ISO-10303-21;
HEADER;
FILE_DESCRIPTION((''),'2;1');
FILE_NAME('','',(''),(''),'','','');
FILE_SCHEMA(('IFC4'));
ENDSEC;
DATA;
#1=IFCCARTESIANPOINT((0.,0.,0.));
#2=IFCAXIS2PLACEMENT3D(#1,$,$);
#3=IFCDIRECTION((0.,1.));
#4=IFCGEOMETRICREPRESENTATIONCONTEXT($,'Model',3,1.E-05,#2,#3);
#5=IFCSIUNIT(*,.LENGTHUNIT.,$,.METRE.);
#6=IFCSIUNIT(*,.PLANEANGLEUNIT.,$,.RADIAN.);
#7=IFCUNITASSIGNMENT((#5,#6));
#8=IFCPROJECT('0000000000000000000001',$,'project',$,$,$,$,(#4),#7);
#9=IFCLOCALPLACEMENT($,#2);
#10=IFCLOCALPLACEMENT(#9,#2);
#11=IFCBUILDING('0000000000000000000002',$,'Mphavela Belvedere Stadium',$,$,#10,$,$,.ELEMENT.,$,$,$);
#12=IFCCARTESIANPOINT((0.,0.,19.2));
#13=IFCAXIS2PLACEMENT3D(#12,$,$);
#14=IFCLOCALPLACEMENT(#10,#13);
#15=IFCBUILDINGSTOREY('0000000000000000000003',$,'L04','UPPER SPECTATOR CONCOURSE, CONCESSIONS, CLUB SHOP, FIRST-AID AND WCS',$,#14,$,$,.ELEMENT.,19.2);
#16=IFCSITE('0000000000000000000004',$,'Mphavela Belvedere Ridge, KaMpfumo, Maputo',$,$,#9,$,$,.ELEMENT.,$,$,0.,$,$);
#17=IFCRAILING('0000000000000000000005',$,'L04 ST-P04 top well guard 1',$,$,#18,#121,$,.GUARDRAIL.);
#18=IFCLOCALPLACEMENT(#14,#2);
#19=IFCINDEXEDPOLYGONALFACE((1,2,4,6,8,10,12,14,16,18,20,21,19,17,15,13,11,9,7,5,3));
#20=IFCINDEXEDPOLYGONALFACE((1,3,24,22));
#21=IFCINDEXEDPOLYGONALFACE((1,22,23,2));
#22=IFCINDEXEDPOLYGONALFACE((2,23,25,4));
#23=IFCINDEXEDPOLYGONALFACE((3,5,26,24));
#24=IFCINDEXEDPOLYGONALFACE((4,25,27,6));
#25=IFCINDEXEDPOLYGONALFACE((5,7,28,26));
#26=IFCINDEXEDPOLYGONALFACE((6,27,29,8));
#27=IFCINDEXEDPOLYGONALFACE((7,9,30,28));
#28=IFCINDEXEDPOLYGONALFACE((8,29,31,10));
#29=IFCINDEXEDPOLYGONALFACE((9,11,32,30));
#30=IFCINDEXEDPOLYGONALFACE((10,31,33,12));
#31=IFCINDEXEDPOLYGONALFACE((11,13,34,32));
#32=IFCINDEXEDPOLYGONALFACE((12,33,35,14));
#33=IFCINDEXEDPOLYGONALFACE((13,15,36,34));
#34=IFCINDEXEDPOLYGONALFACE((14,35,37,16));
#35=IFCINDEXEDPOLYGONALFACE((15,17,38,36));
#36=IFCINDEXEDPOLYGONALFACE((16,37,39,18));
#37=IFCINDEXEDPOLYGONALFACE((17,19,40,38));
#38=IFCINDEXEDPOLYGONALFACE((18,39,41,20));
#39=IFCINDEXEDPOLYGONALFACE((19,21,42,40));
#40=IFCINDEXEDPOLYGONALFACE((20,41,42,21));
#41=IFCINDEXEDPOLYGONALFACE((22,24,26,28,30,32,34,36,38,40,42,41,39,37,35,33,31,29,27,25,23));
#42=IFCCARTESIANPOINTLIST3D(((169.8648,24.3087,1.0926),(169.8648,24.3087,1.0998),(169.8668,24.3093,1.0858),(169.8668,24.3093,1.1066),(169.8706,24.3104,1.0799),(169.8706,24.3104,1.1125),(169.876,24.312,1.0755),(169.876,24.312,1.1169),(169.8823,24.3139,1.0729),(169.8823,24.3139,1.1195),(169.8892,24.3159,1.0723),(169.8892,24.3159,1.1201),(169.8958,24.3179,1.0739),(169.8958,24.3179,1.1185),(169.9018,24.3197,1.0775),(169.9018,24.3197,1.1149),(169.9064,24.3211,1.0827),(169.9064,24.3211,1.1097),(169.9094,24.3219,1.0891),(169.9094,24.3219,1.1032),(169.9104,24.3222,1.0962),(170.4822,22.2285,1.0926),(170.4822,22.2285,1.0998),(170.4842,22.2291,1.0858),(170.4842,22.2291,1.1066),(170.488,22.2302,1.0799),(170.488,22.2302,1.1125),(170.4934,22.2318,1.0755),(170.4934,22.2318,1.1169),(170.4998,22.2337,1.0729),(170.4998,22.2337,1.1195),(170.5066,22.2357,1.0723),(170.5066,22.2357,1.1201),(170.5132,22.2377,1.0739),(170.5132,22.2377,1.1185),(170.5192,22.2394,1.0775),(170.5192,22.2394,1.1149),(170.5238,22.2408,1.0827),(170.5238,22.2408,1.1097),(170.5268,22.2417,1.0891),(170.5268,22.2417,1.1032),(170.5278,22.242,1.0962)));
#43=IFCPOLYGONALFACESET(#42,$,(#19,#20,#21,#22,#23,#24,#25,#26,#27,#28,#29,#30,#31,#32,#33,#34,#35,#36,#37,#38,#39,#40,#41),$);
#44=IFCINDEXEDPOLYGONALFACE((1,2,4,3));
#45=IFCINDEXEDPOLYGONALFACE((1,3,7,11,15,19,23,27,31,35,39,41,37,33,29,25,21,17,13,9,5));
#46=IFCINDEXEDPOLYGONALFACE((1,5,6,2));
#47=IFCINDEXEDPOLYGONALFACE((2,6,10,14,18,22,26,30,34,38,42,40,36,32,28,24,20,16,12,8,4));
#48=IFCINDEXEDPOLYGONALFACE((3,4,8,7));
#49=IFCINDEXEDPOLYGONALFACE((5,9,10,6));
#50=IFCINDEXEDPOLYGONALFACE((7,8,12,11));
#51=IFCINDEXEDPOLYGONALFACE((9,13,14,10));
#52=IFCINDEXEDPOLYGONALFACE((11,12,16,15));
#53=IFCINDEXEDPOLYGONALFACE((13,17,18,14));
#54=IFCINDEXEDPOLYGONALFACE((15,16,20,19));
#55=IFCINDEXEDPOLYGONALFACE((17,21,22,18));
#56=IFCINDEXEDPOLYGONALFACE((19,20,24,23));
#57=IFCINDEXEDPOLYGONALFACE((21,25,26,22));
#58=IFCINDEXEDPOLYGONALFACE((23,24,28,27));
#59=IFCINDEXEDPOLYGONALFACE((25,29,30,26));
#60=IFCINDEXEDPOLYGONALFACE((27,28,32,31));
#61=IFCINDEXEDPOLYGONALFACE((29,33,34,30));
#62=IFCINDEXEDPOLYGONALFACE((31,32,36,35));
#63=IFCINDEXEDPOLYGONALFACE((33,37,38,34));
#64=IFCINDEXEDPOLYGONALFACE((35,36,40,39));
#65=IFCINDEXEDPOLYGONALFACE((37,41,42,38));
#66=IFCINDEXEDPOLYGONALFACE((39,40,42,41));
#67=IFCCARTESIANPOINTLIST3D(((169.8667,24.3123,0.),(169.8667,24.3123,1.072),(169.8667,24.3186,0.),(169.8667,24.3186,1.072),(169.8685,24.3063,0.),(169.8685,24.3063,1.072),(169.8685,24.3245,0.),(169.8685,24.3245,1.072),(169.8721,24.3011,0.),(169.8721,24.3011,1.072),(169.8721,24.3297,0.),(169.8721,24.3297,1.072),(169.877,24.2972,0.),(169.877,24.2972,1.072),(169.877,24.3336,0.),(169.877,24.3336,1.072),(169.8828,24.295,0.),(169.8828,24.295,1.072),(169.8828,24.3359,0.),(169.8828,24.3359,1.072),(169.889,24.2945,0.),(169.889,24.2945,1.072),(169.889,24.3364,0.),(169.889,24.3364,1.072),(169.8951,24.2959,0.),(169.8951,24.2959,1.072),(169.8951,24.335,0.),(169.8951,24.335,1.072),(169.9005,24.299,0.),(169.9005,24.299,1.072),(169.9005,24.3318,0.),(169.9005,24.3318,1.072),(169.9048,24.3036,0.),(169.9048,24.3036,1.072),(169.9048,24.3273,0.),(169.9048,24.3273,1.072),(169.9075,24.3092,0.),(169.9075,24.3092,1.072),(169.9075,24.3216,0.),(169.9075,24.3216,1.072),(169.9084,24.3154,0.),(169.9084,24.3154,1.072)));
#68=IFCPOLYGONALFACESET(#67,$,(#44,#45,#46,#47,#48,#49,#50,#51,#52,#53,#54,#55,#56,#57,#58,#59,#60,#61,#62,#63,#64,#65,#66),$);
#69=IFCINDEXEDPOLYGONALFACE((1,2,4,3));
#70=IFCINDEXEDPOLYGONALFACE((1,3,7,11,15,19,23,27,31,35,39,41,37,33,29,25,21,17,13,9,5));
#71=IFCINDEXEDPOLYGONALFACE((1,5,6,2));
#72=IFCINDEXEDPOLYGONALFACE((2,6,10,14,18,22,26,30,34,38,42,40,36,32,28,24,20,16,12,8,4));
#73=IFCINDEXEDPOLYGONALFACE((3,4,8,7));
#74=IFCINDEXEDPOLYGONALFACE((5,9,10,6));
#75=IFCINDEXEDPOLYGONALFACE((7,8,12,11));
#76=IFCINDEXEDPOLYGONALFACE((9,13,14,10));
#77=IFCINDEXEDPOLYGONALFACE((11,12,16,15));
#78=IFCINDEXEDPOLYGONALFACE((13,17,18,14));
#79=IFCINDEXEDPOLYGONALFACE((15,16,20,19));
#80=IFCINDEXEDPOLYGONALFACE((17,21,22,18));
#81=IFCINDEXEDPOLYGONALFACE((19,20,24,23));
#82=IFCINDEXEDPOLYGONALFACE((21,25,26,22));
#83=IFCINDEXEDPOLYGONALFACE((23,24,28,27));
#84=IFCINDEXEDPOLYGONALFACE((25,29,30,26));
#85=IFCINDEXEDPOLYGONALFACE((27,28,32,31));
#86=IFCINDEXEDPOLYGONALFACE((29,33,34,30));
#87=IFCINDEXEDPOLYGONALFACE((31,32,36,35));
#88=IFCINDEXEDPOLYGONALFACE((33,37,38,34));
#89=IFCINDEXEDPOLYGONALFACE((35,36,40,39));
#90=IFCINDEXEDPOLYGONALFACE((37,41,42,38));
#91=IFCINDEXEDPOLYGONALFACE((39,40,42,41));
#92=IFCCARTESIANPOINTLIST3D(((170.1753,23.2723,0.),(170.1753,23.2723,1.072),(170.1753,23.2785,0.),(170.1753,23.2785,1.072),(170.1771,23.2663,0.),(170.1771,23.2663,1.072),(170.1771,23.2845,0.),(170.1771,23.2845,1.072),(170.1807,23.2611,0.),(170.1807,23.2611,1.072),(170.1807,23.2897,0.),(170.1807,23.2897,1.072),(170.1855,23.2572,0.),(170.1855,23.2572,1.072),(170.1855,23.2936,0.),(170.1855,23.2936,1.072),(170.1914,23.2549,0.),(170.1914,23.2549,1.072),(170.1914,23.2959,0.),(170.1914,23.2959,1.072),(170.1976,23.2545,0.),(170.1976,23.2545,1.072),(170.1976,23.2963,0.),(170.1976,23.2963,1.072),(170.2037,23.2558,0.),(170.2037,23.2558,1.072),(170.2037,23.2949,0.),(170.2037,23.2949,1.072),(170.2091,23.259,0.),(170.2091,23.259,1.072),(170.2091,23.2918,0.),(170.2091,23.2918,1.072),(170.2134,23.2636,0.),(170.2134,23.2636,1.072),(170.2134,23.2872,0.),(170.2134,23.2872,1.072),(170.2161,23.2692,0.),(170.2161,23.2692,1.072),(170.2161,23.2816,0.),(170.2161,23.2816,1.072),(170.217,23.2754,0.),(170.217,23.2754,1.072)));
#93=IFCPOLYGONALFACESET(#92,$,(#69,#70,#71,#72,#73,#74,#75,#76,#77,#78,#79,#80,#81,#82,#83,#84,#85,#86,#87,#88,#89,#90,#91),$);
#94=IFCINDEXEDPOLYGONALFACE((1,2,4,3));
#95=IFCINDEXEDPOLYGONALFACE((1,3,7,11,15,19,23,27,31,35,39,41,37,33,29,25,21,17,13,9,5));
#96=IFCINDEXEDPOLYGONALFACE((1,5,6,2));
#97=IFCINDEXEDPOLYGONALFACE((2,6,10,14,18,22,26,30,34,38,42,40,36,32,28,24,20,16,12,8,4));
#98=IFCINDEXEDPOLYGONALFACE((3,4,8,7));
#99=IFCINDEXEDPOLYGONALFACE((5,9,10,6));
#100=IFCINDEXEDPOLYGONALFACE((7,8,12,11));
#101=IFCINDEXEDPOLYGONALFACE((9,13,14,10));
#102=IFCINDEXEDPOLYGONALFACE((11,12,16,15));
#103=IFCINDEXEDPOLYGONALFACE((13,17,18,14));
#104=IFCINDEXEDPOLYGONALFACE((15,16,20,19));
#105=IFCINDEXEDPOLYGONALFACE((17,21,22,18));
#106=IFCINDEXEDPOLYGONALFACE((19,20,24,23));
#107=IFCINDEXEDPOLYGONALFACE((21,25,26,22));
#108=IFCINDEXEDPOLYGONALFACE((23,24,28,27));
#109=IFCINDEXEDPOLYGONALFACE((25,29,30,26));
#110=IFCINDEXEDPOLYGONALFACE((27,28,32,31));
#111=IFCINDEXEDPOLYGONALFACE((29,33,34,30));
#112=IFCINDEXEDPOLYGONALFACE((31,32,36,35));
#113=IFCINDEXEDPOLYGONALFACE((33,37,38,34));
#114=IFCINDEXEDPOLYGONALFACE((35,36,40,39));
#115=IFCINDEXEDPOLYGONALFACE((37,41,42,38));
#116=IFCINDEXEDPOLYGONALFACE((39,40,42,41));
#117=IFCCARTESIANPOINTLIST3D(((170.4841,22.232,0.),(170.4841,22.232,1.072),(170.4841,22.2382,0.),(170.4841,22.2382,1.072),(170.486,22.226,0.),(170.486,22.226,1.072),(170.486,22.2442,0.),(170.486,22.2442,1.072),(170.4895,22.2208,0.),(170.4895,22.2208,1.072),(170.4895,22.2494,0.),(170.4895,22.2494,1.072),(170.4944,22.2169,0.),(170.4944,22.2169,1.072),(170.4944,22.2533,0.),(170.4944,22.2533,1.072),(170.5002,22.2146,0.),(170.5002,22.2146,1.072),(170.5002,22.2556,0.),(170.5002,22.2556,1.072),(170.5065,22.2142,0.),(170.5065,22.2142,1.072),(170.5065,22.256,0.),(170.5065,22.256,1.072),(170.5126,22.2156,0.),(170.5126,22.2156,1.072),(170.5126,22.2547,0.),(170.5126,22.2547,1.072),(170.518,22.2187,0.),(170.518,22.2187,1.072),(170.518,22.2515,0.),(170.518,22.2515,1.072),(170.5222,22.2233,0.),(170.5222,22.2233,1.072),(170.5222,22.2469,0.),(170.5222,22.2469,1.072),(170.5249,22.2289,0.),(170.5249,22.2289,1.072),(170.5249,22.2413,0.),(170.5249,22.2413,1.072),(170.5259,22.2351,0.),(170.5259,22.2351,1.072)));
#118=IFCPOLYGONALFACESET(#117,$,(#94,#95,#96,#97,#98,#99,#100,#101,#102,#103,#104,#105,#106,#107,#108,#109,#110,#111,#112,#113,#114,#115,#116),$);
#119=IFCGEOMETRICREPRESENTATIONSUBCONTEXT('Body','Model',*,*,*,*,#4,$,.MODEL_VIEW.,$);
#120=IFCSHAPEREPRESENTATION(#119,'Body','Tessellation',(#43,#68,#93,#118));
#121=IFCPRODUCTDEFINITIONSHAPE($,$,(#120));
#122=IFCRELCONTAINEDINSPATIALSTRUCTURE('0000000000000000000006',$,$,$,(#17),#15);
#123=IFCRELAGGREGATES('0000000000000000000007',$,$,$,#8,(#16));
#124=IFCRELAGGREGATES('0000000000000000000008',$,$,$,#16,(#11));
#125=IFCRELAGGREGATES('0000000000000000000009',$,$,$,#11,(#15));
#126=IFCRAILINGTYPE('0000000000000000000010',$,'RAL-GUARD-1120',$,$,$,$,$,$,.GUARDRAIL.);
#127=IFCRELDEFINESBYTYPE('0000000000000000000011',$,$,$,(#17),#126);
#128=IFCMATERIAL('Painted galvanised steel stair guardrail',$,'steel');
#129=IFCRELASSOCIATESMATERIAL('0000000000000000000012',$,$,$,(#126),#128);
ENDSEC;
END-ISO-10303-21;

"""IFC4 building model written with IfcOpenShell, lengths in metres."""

from ifc_helpers import new_model, si_unit, direction, frame, origin, origin_2d, place, context, subcontext, project, spatial, circle, extrude, material, type_object, element, save


model = new_model("IFC4")

# Units and contexts
model_context = context("Model", 3, precision=1e-05, world=origin(), true_north=direction((0.0, 1.0)))
body_context = subcontext(model_context, "Body", "Model", "MODEL_VIEW")
ifc_project = project(units=[si_unit("LENGTHUNIT", "METRE"), si_unit("PLANEANGLEUNIT", "RADIAN")], contexts=[model_context])

# Site, building, storey
site_placement = place(None, origin())
site = spatial("IfcSite", under=ifc_project, at=site_placement, Name="Mphavela Belvedere Ridge, KaMpfumo, Maputo", CompositionType="ELEMENT", RefElevation=0.0)
building_placement = place(site_placement, origin())
building = spatial("IfcBuilding", under=site, at=building_placement, Name="Mphavela Belvedere Stadium", CompositionType="ELEMENT")
storey_placement = place(building_placement, frame((0.0, 0.0, 19.2)))
storey = spatial("IfcBuildingStorey", under=building, at=storey_placement, Name="L04", Description="UPPER SPECTATOR CONCOURSE, CONCESSIONS, CLUB SHOP, FIRST-AID AND WCS", CompositionType="ELEMENT", Elevation=19.2)

# Railing
ifc_material_1 = material(Name="Painted galvanised steel stair guardrail", Category="steel")
railing_type_1 = type_object("IfcRailingType", Name="RAL-GUARD-1120", PredefinedType="GUARDRAIL", material=ifc_material_1)
railing_1_placement = place(storey_placement, frame((169.8875, 24.3154, 0.0)))
element("IfcRailing", 1, at=railing_1_placement, inside=storey, type_object=railing_type_1, Name="L04 ST-P04 top well guard 1", PredefinedType="GUARDRAIL", context=body_context, shape_type="SweptSolid", body=[
    extrude(circle(Radius=0.0239, at=origin_2d()), frame((0.0, 0.0, 1.0962), z_axis=(0.284529, -0.958667, 0.0), x_axis=(0.958667, 0.284529, 0.0)), (0.0, 0.0, 1.0), 2.1699),
    extrude(circle(Radius=0.021, at=origin_2d()), origin(), (0.0, 0.0, 1.0), 1.072),
    extrude(circle(Radius=0.021, at=origin_2d()), frame((0.3086, -1.04, 0.0)), (0.0, 0.0, 1.0), 1.072),
    extrude(circle(Radius=0.021, at=origin_2d()), frame((0.6174, -2.0803, 0.0)), (0.0, 0.0, 1.0), 1.072),
])

save(model, "model.ifc")
